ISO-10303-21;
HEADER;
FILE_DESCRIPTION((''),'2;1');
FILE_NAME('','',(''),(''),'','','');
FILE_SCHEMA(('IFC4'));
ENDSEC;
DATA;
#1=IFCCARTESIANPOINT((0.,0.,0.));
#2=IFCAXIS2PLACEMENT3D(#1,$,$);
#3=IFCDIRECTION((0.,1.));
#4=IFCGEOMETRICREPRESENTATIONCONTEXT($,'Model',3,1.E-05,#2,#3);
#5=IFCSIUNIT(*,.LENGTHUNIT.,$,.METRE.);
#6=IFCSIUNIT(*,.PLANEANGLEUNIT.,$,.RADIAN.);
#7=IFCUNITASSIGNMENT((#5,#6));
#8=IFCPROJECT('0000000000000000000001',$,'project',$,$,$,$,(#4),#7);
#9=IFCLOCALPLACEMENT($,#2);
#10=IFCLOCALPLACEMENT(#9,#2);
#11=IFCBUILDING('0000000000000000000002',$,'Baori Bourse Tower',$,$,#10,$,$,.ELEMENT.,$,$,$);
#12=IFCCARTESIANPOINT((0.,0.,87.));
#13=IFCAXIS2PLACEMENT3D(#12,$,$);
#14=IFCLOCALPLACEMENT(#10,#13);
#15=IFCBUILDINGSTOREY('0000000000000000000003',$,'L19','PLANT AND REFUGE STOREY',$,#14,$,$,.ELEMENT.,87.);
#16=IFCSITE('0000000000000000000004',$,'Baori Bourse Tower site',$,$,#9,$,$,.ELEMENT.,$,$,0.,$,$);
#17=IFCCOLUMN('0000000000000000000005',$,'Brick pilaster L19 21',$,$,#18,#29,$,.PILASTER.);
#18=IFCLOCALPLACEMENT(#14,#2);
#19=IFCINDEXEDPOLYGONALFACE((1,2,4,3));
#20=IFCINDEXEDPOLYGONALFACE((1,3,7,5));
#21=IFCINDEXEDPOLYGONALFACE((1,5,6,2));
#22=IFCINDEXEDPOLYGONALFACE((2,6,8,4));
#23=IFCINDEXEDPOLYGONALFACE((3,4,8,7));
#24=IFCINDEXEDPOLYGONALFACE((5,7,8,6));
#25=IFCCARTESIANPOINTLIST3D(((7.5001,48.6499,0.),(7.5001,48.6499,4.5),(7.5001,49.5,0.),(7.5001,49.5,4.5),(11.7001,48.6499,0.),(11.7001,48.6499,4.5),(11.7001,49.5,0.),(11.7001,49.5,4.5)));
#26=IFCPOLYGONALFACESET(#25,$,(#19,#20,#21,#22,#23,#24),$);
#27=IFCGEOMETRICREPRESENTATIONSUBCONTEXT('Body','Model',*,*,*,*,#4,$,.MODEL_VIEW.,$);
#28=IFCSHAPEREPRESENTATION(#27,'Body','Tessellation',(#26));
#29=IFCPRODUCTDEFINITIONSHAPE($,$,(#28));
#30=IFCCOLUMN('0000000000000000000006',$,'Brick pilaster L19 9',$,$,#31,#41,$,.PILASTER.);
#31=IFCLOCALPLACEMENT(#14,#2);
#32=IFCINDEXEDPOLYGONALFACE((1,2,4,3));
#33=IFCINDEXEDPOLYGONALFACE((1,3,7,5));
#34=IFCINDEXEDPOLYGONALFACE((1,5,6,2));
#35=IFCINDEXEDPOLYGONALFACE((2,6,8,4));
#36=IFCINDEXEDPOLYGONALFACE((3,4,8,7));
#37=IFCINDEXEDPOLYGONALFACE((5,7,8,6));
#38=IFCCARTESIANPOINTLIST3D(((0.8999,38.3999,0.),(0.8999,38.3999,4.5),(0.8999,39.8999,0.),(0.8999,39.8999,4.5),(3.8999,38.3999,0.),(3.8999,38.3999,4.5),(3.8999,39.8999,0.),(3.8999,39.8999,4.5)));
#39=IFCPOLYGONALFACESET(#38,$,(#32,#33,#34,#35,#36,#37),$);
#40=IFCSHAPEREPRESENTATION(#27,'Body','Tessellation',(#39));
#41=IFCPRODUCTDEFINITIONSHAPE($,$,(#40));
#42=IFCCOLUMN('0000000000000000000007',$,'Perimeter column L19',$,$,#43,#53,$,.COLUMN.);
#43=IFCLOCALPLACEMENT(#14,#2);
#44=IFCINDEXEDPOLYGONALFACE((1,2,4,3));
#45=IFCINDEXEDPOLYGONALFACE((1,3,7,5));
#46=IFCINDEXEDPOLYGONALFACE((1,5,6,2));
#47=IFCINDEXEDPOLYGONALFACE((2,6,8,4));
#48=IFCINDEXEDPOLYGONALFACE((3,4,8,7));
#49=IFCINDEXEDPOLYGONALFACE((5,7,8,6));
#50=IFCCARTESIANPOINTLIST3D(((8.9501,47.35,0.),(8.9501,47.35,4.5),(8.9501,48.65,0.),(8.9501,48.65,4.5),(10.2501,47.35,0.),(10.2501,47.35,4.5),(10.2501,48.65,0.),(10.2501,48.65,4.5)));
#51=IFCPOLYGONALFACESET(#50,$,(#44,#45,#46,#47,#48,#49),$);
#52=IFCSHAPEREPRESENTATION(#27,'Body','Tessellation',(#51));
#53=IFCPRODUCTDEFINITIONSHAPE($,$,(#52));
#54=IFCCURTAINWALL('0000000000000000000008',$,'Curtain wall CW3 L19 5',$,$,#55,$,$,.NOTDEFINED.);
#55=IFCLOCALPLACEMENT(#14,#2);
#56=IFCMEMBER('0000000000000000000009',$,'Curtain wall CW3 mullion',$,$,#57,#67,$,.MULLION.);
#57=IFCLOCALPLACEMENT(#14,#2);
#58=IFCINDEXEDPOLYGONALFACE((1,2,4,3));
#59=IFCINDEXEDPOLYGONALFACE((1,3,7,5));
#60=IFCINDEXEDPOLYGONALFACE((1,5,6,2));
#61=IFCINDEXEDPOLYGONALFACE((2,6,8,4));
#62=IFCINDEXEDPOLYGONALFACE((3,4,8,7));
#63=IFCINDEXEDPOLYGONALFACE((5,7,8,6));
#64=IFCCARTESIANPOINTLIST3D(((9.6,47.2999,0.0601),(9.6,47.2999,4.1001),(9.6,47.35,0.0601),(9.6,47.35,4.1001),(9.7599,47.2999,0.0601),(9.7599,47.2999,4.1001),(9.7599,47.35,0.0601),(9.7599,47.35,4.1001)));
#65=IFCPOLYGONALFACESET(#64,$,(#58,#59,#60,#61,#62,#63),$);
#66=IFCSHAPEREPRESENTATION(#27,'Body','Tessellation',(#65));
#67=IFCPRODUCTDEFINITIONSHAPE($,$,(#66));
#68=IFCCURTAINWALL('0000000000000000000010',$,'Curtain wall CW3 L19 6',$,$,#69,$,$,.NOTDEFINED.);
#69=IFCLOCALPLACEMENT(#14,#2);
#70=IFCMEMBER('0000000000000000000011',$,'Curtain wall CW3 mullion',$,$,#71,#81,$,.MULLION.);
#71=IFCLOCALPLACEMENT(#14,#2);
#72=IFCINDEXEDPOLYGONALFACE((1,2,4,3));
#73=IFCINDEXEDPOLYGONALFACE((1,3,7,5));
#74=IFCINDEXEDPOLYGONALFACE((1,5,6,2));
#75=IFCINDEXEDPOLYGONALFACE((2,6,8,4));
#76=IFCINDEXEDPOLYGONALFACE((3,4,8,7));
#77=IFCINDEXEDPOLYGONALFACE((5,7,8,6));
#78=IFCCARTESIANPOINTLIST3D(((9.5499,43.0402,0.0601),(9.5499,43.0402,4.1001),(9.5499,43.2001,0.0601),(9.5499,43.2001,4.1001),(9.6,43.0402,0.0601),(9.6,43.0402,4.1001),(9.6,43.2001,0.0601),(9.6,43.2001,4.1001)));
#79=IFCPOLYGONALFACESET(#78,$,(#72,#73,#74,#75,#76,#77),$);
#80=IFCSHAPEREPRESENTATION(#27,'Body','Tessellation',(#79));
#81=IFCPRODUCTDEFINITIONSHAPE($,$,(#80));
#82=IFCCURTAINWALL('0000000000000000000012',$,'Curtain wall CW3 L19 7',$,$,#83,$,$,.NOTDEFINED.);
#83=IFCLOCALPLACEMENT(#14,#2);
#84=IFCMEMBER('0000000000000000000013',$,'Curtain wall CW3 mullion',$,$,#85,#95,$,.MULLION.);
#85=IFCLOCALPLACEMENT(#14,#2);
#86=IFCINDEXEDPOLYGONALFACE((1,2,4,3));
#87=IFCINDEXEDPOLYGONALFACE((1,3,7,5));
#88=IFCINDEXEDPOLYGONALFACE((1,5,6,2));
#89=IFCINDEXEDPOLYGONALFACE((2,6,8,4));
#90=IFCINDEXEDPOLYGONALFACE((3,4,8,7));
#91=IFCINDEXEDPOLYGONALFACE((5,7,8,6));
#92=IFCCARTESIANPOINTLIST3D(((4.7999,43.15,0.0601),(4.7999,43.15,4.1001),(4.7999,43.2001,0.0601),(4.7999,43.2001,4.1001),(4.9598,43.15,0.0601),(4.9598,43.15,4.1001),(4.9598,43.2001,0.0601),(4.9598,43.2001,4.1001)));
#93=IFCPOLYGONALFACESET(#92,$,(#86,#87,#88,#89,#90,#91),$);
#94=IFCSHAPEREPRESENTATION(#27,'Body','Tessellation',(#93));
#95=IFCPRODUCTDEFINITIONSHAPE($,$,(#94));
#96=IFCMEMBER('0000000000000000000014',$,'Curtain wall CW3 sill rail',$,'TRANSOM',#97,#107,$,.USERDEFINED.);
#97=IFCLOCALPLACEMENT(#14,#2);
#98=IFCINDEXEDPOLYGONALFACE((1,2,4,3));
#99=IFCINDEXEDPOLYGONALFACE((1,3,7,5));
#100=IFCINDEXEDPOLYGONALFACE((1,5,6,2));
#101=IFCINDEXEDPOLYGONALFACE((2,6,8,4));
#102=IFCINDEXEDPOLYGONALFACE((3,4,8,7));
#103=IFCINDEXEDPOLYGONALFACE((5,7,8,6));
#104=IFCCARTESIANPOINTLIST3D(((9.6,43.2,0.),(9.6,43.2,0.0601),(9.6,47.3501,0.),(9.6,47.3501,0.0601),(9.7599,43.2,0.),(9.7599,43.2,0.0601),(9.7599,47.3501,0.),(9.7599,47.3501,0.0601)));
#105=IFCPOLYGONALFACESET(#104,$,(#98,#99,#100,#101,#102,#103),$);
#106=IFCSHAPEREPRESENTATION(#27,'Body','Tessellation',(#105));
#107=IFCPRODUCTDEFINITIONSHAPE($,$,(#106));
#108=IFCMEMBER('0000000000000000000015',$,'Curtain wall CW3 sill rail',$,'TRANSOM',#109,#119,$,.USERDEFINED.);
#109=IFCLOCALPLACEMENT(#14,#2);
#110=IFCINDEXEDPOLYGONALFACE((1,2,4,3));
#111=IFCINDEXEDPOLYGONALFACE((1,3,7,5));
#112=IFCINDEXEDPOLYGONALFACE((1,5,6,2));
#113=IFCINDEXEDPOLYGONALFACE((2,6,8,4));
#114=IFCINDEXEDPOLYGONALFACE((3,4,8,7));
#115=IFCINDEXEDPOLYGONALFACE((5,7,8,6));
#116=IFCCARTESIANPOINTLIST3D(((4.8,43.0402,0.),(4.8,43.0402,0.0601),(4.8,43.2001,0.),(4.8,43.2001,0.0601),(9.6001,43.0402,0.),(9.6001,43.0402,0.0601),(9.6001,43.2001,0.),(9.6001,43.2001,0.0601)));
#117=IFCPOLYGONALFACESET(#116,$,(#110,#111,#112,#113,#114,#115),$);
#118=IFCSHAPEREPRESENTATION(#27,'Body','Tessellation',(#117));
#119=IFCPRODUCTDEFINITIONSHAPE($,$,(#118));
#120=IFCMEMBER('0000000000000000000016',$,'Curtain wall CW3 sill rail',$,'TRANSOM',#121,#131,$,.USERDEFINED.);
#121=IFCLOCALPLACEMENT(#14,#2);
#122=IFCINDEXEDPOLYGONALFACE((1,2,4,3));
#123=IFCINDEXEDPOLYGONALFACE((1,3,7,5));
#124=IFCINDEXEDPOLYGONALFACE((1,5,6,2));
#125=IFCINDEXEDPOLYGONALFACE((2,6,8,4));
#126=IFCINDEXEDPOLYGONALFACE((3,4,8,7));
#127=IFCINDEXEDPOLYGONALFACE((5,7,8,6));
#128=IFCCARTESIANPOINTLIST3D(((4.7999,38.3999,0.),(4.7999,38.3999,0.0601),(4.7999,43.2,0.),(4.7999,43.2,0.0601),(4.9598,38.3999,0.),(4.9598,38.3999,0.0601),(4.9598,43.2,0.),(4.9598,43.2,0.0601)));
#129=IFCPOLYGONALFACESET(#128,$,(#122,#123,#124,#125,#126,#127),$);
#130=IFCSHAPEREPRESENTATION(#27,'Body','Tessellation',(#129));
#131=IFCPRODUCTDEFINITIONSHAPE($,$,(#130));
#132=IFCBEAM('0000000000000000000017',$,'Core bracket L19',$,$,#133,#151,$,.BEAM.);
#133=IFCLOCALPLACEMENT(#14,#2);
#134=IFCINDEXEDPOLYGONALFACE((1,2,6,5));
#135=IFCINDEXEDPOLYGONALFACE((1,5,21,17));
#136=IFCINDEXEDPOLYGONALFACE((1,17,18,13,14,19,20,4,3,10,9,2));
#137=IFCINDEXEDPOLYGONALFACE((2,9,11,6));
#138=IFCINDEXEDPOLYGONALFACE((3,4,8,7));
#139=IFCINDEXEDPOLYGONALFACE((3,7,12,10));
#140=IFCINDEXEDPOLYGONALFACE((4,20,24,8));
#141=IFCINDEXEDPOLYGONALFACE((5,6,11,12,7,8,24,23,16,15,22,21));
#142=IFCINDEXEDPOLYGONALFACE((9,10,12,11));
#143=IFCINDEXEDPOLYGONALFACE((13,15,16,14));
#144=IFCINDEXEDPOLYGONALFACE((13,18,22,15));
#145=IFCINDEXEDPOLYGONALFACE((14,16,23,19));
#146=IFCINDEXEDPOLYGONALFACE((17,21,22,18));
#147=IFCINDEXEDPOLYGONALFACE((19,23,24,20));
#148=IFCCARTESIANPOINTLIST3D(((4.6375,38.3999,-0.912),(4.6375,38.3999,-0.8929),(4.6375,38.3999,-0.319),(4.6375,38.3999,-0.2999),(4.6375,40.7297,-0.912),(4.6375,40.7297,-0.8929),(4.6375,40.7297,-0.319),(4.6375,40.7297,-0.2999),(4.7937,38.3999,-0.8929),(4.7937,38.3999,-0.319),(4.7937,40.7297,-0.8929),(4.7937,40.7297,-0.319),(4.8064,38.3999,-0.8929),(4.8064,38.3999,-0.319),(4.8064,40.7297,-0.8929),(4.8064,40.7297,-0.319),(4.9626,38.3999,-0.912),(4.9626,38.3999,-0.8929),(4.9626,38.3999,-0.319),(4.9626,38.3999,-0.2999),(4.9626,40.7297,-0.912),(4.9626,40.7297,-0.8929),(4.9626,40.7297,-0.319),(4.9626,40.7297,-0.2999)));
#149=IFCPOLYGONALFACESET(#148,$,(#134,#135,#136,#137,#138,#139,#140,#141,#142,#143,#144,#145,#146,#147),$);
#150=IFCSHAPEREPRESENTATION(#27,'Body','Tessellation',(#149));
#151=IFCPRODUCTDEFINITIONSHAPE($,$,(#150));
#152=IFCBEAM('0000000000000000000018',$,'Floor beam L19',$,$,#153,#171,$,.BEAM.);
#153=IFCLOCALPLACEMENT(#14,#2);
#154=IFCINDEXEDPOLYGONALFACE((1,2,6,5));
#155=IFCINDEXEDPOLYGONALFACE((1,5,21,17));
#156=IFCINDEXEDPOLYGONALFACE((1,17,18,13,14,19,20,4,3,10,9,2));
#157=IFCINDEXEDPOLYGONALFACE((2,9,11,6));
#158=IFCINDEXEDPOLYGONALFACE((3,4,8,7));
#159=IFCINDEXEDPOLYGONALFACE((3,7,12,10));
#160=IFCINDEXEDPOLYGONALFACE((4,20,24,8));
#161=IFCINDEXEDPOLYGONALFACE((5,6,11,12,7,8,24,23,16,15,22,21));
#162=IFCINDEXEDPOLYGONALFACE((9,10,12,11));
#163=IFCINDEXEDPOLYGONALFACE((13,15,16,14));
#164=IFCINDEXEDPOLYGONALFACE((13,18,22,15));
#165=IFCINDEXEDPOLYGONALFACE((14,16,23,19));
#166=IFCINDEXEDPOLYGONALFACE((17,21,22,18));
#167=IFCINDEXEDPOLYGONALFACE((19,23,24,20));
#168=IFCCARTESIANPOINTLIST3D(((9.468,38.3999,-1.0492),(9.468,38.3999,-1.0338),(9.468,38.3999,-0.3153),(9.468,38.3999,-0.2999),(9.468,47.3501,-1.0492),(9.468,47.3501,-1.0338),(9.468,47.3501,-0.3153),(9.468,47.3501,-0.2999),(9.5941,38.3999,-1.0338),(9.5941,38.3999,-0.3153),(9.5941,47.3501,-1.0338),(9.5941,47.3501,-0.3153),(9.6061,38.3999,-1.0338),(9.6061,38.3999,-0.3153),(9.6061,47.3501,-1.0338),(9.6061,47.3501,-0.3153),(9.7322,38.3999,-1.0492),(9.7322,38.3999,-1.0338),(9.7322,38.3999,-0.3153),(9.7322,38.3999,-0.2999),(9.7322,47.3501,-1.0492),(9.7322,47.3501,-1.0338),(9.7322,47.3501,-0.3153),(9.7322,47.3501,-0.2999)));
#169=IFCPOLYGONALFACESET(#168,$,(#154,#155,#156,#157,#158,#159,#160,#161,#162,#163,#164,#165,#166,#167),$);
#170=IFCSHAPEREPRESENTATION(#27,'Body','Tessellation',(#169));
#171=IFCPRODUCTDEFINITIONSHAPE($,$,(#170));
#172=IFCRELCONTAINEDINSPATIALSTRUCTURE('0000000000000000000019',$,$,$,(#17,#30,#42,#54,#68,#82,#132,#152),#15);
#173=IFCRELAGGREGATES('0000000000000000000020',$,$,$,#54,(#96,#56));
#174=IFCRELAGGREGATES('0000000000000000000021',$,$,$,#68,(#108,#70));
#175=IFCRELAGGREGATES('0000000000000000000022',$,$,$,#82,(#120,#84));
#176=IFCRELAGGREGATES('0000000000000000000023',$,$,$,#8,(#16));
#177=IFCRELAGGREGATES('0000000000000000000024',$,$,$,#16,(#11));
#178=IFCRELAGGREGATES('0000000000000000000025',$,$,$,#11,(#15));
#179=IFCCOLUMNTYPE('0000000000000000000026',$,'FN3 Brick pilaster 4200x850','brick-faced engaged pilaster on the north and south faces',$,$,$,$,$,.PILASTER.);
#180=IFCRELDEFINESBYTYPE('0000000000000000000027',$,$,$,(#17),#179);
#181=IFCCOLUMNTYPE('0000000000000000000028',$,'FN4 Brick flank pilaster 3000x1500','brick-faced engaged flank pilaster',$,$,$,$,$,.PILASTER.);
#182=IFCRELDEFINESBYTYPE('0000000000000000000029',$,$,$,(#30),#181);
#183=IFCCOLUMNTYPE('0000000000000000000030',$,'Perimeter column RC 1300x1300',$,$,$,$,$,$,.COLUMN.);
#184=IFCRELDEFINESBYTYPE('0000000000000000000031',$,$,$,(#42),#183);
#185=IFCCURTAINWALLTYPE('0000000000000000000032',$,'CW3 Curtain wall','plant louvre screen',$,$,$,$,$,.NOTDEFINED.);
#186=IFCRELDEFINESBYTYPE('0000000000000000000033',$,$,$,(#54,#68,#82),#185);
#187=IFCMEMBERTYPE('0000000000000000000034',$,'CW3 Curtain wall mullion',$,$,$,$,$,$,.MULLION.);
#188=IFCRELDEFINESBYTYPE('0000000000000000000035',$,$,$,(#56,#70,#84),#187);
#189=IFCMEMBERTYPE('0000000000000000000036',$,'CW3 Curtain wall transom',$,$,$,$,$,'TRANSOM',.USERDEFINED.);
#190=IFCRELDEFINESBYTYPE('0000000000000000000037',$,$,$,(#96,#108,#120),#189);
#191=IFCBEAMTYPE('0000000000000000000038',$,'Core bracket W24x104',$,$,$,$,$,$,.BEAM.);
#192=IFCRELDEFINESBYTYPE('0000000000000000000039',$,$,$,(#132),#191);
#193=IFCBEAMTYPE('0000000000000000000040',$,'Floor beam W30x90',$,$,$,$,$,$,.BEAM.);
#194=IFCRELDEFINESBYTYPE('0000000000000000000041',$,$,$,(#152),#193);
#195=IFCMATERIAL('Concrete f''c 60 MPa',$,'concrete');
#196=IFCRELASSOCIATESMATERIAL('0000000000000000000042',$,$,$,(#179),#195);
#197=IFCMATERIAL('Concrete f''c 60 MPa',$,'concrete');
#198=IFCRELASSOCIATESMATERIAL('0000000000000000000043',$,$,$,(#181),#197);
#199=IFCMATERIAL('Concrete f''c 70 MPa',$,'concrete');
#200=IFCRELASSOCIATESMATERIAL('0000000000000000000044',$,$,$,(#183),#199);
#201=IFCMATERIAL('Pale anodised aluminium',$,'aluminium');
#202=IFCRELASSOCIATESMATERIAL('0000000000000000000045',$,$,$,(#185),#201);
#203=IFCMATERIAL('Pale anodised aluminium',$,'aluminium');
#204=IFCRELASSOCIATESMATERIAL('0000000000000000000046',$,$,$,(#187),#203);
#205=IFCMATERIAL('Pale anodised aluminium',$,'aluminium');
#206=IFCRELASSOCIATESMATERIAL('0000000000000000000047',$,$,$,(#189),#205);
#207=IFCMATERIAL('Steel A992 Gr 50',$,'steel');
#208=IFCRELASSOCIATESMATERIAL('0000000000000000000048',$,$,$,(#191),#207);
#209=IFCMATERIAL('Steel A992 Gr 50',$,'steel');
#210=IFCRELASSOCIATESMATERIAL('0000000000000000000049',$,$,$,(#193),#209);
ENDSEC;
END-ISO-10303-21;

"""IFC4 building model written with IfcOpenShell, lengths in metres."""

from ifc_helpers import new_model, si_unit, direction, frame, origin, origin_2d, place, context, subcontext, project, spatial, rectangle, i_section, extrude, material, material_profile, profile_set, type_object, element, aggregate, save


model = new_model("IFC4")

# Units and contexts
model_context = context("Model", 3, precision=1e-05, world=origin(), true_north=direction((0.0, 1.0)))
body_context = subcontext(model_context, "Body", "Model", "MODEL_VIEW")
ifc_project = project(units=[si_unit("LENGTHUNIT", "METRE"), si_unit("PLANEANGLEUNIT", "RADIAN")], contexts=[model_context])

# Site, building, storey
site_placement = place(None, origin())
site = spatial("IfcSite", under=ifc_project, at=site_placement, Name="Baori Bourse Tower site", CompositionType="ELEMENT", RefElevation=0.0)
building_placement = place(site_placement, origin())
building = spatial("IfcBuilding", under=site, at=building_placement, Name="Baori Bourse Tower", CompositionType="ELEMENT")
storey_placement = place(building_placement, frame((0.0, 0.0, 87.0)))
storey = spatial("IfcBuildingStorey", under=building, at=storey_placement, Name="L19", Description="PLANT AND REFUGE STOREY", CompositionType="ELEMENT", Elevation=87.0)

# Columns
ifc_material_1 = material(Name="Concrete f'c 60 MPa", Category="concrete")
ifc_material_profile_1 = material_profile(ifc_material_1, rectangle(XDim=4.2, YDim=0.8501, at=origin_2d()), Name="RC 4200x850")
ifc_profile_set_1 = profile_set([ifc_material_profile_1], Name="Concrete f'c 60 MPa")
column_type_1 = type_object("IfcColumnType", Name="FN3 Brick pilaster 4200x850", Description="brick-faced engaged pilaster on the north and south faces", PredefinedType="PILASTER", material=ifc_profile_set_1)
column_1_placement = place(storey_placement, frame((9.6001, 49.075, 0.0), z_axis=(0.0, 0.0, 1.0), x_axis=(1.0, 0.0, 0.0)))
element("IfcColumn", 1, at=column_1_placement, inside=storey, type_object=column_type_1, Name="Brick pilaster L19 21", PredefinedType="PILASTER", context=body_context, shape_type="SweptSolid", body=[
    extrude(rectangle(XDim=4.2, YDim=0.8501, at=origin_2d()), origin(), (0.0, 0.0, 1.0), 4.5),
])
ifc_material_2 = material(Name="Concrete f'c 60 MPa", Category="concrete")
ifc_material_profile_2 = material_profile(ifc_material_2, rectangle(XDim=3.0, YDim=1.5, at=origin_2d()), Name="RC 3000x1500")
ifc_profile_set_2 = profile_set([ifc_material_profile_2], Name="Concrete f'c 60 MPa")
column_type_2 = type_object("IfcColumnType", Name="FN4 Brick flank pilaster 3000x1500", Description="brick-faced engaged flank pilaster", PredefinedType="PILASTER", material=ifc_profile_set_2)
column_2_placement = place(storey_placement, frame((2.3999, 39.1499, 0.0), z_axis=(0.0, 0.0, 1.0), x_axis=(1.0, 0.0, 0.0)))
element("IfcColumn", 2, at=column_2_placement, inside=storey, type_object=column_type_2, Name="Brick pilaster L19 9", PredefinedType="PILASTER", context=body_context, shape_type="SweptSolid", body=[
    extrude(rectangle(XDim=3.0, YDim=1.5, at=origin_2d()), origin(), (0.0, 0.0, 1.0), 4.5),
])
ifc_material_3 = material(Name="Concrete f'c 70 MPa", Category="concrete")
ifc_material_profile_3 = material_profile(ifc_material_3, rectangle(XDim=1.3, YDim=1.3, at=origin_2d()), Name="RC 1300x1300")
ifc_profile_set_3 = profile_set([ifc_material_profile_3], Name="Concrete f'c 70 MPa")
column_type_3 = type_object("IfcColumnType", Name="Perimeter column RC 1300x1300", PredefinedType="COLUMN", material=ifc_profile_set_3)
column_3_placement = place(storey_placement, frame((9.6001, 48.0, 0.0), z_axis=(0.0, 0.0, 1.0), x_axis=(1.0, 0.0, 0.0)))
element("IfcColumn", 3, at=column_3_placement, inside=storey, type_object=column_type_3, Name="Perimeter column L19", PredefinedType="COLUMN", context=body_context, shape_type="SweptSolid", body=[
    extrude(rectangle(XDim=1.3, YDim=1.3, at=origin_2d()), origin(), (0.0, 0.0, 1.0), 4.5),
])

# Curtain walls, members
ifc_material_4 = material(Name="Pale anodised aluminium", Category="aluminium")
curtain_wall_type = type_object("IfcCurtainWallType", Name="CW3 Curtain wall", Description="plant louvre screen", PredefinedType="NOTDEFINED", material=ifc_material_4)
curtain_wall_1_placement = place(storey_placement, origin())
curtain_wall_1 = element("IfcCurtainWall", 4, at=curtain_wall_1_placement, inside=storey, type_object=curtain_wall_type, Name="Curtain wall CW3 L19 5", PredefinedType="NOTDEFINED")
ifc_material_5 = material(Name="Pale anodised aluminium", Category="aluminium")
ifc_material_profile_4 = material_profile(ifc_material_5, rectangle(XDim=0.1599, YDim=0.05, at=origin_2d()), Name="Mullion 50x160")
ifc_profile_set_4 = profile_set([ifc_material_profile_4], Name="Pale anodised aluminium")
member_type_1 = type_object("IfcMemberType", Name="CW3 Curtain wall mullion", PredefinedType="MULLION", material=ifc_profile_set_4)
member_1_placement = place(storey_placement, frame((9.6799, 47.325, 0.0601), z_axis=(0.0, 0.0, 1.0), x_axis=(1.0, 0.0, 0.0)))
member_1 = element("IfcMember", 5, at=member_1_placement, type_object=member_type_1, Name="Curtain wall CW3 mullion", PredefinedType="MULLION", context=body_context, shape_type="SweptSolid", body=[
    extrude(rectangle(XDim=0.1599, YDim=0.05, at=origin_2d()), origin(), (0.0, 0.0, 1.0), 4.04),
])
curtain_wall_2_placement = place(storey_placement, origin())
curtain_wall_2 = element("IfcCurtainWall", 6, at=curtain_wall_2_placement, inside=storey, type_object=curtain_wall_type, Name="Curtain wall CW3 L19 6", PredefinedType="NOTDEFINED")
member_2_placement = place(storey_placement, frame((9.575, 43.1201, 0.0601), z_axis=(0.0, 0.0, 1.0), x_axis=(0.0, -1.0, 0.0)))
member_2 = element("IfcMember", 7, at=member_2_placement, type_object=member_type_1, Name="Curtain wall CW3 mullion", PredefinedType="MULLION", context=body_context, shape_type="SweptSolid", body=[
    extrude(rectangle(XDim=0.1599, YDim=0.05, at=origin_2d()), origin(), (0.0, 0.0, 1.0), 4.04),
])
curtain_wall_3_placement = place(storey_placement, origin())
curtain_wall_3 = element("IfcCurtainWall", 8, at=curtain_wall_3_placement, inside=storey, type_object=curtain_wall_type, Name="Curtain wall CW3 L19 7", PredefinedType="NOTDEFINED")
member_3_placement = place(storey_placement, frame((4.8799, 43.175, 0.0601), z_axis=(0.0, 0.0, 1.0), x_axis=(1.0, 0.0, 0.0)))
member_3 = element("IfcMember", 9, at=member_3_placement, type_object=member_type_1, Name="Curtain wall CW3 mullion", PredefinedType="MULLION", context=body_context, shape_type="SweptSolid", body=[
    extrude(rectangle(XDim=0.1599, YDim=0.05, at=origin_2d()), origin(), (0.0, 0.0, 1.0), 4.04),
])

# Members
ifc_material_6 = material(Name="Pale anodised aluminium", Category="aluminium")
ifc_material_profile_5 = material_profile(ifc_material_6, rectangle(XDim=0.1599, YDim=0.0601, at=origin_2d()), Name="Transom 60x160")
ifc_profile_set_5 = profile_set([ifc_material_profile_5], Name="Pale anodised aluminium")
member_type_2 = type_object("IfcMemberType", Name="CW3 Curtain wall transom", ElementType="TRANSOM", PredefinedType="USERDEFINED", material=ifc_profile_set_5)
member_4_placement = place(storey_placement, frame((9.6799, 47.3501, 0.03), z_axis=(0.0, -1.0, 0.0), x_axis=(1.0, 0.0, 0.0)))
member_4 = element("IfcMember", 10, at=member_4_placement, type_object=member_type_2, Name="Curtain wall CW3 sill rail", ObjectType="TRANSOM", PredefinedType="USERDEFINED", context=body_context, shape_type="SweptSolid", body=[
    extrude(rectangle(XDim=0.1599, YDim=0.0601, at=origin_2d()), origin(), (0.0, 0.0, 1.0), 4.1501),
])
member_5_placement = place(storey_placement, frame((9.6001, 43.1201, 0.03), z_axis=(-1.0, 0.0, 0.0), x_axis=(0.0, -1.0, 0.0)))
member_5 = element("IfcMember", 11, at=member_5_placement, type_object=member_type_2, Name="Curtain wall CW3 sill rail", ObjectType="TRANSOM", PredefinedType="USERDEFINED", context=body_context, shape_type="SweptSolid", body=[
    extrude(rectangle(XDim=0.1599, YDim=0.0601, at=origin_2d()), origin(), (0.0, 0.0, 1.0), 4.8),
])
member_6_placement = place(storey_placement, frame((4.8799, 43.2, 0.03), z_axis=(0.0, -1.0, 0.0), x_axis=(1.0, 0.0, 0.0)))
member_6 = element("IfcMember", 12, at=member_6_placement, type_object=member_type_2, Name="Curtain wall CW3 sill rail", ObjectType="TRANSOM", PredefinedType="USERDEFINED", context=body_context, shape_type="SweptSolid", body=[
    extrude(rectangle(XDim=0.1599, YDim=0.0601, at=origin_2d()), origin(), (0.0, 0.0, 1.0), 4.8),
])

# Beams
ifc_material_7 = material(Name="Steel A992 Gr 50", Category="steel")
ifc_material_profile_6 = material_profile(ifc_material_7, i_section(OverallWidth=0.3252, OverallDepth=0.6121, WebThickness=0.0127, FlangeThickness=0.019, at=origin_2d()), Name="W24x104")
ifc_profile_set_6 = profile_set([ifc_material_profile_6], Name="Steel A992 Gr 50")
beam_type_1 = type_object("IfcBeamType", Name="Core bracket W24x104", PredefinedType="BEAM", material=ifc_profile_set_6)
beam_1_placement = place(storey_placement, frame((4.8, 38.3999, -0.606), z_axis=(0.0, 1.0, 0.0), x_axis=(-1.0, 0.0, 0.0)))
element("IfcBeam", 13, at=beam_1_placement, inside=storey, type_object=beam_type_1, Name="Core bracket L19", PredefinedType="BEAM", context=body_context, shape_type="SweptSolid", body=[
    extrude(i_section(OverallWidth=0.3252, OverallDepth=0.6121, WebThickness=0.0127, FlangeThickness=0.019, at=origin_2d()), origin(), (0.0, 0.0, 1.0), 2.3298),
])
ifc_material_8 = material(Name="Steel A992 Gr 50", Category="steel")
ifc_material_profile_7 = material_profile(ifc_material_8, i_section(OverallWidth=0.2642, OverallDepth=0.7493, WebThickness=0.012, FlangeThickness=0.0154, at=origin_2d()), Name="W30x90")
ifc_profile_set_7 = profile_set([ifc_material_profile_7], Name="Steel A992 Gr 50")
beam_type_2 = type_object("IfcBeamType", Name="Floor beam W30x90", PredefinedType="BEAM", material=ifc_profile_set_7)
beam_2_placement = place(storey_placement, frame((9.6001, 38.3999, -0.6746), z_axis=(0.0, 1.0, 0.0), x_axis=(-1.0, 0.0, 0.0)))
element("IfcBeam", 14, at=beam_2_placement, inside=storey, type_object=beam_type_2, Name="Floor beam L19", PredefinedType="BEAM", context=body_context, shape_type="SweptSolid", body=[
    extrude(i_section(OverallWidth=0.2642, OverallDepth=0.7493, WebThickness=0.012, FlangeThickness=0.0154, at=origin_2d()), origin(), (0.0, 0.0, 1.0), 8.9502),
])

aggregate(curtain_wall_1, [member_4, member_1])
aggregate(curtain_wall_2, [member_5, member_2])
aggregate(curtain_wall_3, [member_6, member_3])

save(model, "model.ifc")
